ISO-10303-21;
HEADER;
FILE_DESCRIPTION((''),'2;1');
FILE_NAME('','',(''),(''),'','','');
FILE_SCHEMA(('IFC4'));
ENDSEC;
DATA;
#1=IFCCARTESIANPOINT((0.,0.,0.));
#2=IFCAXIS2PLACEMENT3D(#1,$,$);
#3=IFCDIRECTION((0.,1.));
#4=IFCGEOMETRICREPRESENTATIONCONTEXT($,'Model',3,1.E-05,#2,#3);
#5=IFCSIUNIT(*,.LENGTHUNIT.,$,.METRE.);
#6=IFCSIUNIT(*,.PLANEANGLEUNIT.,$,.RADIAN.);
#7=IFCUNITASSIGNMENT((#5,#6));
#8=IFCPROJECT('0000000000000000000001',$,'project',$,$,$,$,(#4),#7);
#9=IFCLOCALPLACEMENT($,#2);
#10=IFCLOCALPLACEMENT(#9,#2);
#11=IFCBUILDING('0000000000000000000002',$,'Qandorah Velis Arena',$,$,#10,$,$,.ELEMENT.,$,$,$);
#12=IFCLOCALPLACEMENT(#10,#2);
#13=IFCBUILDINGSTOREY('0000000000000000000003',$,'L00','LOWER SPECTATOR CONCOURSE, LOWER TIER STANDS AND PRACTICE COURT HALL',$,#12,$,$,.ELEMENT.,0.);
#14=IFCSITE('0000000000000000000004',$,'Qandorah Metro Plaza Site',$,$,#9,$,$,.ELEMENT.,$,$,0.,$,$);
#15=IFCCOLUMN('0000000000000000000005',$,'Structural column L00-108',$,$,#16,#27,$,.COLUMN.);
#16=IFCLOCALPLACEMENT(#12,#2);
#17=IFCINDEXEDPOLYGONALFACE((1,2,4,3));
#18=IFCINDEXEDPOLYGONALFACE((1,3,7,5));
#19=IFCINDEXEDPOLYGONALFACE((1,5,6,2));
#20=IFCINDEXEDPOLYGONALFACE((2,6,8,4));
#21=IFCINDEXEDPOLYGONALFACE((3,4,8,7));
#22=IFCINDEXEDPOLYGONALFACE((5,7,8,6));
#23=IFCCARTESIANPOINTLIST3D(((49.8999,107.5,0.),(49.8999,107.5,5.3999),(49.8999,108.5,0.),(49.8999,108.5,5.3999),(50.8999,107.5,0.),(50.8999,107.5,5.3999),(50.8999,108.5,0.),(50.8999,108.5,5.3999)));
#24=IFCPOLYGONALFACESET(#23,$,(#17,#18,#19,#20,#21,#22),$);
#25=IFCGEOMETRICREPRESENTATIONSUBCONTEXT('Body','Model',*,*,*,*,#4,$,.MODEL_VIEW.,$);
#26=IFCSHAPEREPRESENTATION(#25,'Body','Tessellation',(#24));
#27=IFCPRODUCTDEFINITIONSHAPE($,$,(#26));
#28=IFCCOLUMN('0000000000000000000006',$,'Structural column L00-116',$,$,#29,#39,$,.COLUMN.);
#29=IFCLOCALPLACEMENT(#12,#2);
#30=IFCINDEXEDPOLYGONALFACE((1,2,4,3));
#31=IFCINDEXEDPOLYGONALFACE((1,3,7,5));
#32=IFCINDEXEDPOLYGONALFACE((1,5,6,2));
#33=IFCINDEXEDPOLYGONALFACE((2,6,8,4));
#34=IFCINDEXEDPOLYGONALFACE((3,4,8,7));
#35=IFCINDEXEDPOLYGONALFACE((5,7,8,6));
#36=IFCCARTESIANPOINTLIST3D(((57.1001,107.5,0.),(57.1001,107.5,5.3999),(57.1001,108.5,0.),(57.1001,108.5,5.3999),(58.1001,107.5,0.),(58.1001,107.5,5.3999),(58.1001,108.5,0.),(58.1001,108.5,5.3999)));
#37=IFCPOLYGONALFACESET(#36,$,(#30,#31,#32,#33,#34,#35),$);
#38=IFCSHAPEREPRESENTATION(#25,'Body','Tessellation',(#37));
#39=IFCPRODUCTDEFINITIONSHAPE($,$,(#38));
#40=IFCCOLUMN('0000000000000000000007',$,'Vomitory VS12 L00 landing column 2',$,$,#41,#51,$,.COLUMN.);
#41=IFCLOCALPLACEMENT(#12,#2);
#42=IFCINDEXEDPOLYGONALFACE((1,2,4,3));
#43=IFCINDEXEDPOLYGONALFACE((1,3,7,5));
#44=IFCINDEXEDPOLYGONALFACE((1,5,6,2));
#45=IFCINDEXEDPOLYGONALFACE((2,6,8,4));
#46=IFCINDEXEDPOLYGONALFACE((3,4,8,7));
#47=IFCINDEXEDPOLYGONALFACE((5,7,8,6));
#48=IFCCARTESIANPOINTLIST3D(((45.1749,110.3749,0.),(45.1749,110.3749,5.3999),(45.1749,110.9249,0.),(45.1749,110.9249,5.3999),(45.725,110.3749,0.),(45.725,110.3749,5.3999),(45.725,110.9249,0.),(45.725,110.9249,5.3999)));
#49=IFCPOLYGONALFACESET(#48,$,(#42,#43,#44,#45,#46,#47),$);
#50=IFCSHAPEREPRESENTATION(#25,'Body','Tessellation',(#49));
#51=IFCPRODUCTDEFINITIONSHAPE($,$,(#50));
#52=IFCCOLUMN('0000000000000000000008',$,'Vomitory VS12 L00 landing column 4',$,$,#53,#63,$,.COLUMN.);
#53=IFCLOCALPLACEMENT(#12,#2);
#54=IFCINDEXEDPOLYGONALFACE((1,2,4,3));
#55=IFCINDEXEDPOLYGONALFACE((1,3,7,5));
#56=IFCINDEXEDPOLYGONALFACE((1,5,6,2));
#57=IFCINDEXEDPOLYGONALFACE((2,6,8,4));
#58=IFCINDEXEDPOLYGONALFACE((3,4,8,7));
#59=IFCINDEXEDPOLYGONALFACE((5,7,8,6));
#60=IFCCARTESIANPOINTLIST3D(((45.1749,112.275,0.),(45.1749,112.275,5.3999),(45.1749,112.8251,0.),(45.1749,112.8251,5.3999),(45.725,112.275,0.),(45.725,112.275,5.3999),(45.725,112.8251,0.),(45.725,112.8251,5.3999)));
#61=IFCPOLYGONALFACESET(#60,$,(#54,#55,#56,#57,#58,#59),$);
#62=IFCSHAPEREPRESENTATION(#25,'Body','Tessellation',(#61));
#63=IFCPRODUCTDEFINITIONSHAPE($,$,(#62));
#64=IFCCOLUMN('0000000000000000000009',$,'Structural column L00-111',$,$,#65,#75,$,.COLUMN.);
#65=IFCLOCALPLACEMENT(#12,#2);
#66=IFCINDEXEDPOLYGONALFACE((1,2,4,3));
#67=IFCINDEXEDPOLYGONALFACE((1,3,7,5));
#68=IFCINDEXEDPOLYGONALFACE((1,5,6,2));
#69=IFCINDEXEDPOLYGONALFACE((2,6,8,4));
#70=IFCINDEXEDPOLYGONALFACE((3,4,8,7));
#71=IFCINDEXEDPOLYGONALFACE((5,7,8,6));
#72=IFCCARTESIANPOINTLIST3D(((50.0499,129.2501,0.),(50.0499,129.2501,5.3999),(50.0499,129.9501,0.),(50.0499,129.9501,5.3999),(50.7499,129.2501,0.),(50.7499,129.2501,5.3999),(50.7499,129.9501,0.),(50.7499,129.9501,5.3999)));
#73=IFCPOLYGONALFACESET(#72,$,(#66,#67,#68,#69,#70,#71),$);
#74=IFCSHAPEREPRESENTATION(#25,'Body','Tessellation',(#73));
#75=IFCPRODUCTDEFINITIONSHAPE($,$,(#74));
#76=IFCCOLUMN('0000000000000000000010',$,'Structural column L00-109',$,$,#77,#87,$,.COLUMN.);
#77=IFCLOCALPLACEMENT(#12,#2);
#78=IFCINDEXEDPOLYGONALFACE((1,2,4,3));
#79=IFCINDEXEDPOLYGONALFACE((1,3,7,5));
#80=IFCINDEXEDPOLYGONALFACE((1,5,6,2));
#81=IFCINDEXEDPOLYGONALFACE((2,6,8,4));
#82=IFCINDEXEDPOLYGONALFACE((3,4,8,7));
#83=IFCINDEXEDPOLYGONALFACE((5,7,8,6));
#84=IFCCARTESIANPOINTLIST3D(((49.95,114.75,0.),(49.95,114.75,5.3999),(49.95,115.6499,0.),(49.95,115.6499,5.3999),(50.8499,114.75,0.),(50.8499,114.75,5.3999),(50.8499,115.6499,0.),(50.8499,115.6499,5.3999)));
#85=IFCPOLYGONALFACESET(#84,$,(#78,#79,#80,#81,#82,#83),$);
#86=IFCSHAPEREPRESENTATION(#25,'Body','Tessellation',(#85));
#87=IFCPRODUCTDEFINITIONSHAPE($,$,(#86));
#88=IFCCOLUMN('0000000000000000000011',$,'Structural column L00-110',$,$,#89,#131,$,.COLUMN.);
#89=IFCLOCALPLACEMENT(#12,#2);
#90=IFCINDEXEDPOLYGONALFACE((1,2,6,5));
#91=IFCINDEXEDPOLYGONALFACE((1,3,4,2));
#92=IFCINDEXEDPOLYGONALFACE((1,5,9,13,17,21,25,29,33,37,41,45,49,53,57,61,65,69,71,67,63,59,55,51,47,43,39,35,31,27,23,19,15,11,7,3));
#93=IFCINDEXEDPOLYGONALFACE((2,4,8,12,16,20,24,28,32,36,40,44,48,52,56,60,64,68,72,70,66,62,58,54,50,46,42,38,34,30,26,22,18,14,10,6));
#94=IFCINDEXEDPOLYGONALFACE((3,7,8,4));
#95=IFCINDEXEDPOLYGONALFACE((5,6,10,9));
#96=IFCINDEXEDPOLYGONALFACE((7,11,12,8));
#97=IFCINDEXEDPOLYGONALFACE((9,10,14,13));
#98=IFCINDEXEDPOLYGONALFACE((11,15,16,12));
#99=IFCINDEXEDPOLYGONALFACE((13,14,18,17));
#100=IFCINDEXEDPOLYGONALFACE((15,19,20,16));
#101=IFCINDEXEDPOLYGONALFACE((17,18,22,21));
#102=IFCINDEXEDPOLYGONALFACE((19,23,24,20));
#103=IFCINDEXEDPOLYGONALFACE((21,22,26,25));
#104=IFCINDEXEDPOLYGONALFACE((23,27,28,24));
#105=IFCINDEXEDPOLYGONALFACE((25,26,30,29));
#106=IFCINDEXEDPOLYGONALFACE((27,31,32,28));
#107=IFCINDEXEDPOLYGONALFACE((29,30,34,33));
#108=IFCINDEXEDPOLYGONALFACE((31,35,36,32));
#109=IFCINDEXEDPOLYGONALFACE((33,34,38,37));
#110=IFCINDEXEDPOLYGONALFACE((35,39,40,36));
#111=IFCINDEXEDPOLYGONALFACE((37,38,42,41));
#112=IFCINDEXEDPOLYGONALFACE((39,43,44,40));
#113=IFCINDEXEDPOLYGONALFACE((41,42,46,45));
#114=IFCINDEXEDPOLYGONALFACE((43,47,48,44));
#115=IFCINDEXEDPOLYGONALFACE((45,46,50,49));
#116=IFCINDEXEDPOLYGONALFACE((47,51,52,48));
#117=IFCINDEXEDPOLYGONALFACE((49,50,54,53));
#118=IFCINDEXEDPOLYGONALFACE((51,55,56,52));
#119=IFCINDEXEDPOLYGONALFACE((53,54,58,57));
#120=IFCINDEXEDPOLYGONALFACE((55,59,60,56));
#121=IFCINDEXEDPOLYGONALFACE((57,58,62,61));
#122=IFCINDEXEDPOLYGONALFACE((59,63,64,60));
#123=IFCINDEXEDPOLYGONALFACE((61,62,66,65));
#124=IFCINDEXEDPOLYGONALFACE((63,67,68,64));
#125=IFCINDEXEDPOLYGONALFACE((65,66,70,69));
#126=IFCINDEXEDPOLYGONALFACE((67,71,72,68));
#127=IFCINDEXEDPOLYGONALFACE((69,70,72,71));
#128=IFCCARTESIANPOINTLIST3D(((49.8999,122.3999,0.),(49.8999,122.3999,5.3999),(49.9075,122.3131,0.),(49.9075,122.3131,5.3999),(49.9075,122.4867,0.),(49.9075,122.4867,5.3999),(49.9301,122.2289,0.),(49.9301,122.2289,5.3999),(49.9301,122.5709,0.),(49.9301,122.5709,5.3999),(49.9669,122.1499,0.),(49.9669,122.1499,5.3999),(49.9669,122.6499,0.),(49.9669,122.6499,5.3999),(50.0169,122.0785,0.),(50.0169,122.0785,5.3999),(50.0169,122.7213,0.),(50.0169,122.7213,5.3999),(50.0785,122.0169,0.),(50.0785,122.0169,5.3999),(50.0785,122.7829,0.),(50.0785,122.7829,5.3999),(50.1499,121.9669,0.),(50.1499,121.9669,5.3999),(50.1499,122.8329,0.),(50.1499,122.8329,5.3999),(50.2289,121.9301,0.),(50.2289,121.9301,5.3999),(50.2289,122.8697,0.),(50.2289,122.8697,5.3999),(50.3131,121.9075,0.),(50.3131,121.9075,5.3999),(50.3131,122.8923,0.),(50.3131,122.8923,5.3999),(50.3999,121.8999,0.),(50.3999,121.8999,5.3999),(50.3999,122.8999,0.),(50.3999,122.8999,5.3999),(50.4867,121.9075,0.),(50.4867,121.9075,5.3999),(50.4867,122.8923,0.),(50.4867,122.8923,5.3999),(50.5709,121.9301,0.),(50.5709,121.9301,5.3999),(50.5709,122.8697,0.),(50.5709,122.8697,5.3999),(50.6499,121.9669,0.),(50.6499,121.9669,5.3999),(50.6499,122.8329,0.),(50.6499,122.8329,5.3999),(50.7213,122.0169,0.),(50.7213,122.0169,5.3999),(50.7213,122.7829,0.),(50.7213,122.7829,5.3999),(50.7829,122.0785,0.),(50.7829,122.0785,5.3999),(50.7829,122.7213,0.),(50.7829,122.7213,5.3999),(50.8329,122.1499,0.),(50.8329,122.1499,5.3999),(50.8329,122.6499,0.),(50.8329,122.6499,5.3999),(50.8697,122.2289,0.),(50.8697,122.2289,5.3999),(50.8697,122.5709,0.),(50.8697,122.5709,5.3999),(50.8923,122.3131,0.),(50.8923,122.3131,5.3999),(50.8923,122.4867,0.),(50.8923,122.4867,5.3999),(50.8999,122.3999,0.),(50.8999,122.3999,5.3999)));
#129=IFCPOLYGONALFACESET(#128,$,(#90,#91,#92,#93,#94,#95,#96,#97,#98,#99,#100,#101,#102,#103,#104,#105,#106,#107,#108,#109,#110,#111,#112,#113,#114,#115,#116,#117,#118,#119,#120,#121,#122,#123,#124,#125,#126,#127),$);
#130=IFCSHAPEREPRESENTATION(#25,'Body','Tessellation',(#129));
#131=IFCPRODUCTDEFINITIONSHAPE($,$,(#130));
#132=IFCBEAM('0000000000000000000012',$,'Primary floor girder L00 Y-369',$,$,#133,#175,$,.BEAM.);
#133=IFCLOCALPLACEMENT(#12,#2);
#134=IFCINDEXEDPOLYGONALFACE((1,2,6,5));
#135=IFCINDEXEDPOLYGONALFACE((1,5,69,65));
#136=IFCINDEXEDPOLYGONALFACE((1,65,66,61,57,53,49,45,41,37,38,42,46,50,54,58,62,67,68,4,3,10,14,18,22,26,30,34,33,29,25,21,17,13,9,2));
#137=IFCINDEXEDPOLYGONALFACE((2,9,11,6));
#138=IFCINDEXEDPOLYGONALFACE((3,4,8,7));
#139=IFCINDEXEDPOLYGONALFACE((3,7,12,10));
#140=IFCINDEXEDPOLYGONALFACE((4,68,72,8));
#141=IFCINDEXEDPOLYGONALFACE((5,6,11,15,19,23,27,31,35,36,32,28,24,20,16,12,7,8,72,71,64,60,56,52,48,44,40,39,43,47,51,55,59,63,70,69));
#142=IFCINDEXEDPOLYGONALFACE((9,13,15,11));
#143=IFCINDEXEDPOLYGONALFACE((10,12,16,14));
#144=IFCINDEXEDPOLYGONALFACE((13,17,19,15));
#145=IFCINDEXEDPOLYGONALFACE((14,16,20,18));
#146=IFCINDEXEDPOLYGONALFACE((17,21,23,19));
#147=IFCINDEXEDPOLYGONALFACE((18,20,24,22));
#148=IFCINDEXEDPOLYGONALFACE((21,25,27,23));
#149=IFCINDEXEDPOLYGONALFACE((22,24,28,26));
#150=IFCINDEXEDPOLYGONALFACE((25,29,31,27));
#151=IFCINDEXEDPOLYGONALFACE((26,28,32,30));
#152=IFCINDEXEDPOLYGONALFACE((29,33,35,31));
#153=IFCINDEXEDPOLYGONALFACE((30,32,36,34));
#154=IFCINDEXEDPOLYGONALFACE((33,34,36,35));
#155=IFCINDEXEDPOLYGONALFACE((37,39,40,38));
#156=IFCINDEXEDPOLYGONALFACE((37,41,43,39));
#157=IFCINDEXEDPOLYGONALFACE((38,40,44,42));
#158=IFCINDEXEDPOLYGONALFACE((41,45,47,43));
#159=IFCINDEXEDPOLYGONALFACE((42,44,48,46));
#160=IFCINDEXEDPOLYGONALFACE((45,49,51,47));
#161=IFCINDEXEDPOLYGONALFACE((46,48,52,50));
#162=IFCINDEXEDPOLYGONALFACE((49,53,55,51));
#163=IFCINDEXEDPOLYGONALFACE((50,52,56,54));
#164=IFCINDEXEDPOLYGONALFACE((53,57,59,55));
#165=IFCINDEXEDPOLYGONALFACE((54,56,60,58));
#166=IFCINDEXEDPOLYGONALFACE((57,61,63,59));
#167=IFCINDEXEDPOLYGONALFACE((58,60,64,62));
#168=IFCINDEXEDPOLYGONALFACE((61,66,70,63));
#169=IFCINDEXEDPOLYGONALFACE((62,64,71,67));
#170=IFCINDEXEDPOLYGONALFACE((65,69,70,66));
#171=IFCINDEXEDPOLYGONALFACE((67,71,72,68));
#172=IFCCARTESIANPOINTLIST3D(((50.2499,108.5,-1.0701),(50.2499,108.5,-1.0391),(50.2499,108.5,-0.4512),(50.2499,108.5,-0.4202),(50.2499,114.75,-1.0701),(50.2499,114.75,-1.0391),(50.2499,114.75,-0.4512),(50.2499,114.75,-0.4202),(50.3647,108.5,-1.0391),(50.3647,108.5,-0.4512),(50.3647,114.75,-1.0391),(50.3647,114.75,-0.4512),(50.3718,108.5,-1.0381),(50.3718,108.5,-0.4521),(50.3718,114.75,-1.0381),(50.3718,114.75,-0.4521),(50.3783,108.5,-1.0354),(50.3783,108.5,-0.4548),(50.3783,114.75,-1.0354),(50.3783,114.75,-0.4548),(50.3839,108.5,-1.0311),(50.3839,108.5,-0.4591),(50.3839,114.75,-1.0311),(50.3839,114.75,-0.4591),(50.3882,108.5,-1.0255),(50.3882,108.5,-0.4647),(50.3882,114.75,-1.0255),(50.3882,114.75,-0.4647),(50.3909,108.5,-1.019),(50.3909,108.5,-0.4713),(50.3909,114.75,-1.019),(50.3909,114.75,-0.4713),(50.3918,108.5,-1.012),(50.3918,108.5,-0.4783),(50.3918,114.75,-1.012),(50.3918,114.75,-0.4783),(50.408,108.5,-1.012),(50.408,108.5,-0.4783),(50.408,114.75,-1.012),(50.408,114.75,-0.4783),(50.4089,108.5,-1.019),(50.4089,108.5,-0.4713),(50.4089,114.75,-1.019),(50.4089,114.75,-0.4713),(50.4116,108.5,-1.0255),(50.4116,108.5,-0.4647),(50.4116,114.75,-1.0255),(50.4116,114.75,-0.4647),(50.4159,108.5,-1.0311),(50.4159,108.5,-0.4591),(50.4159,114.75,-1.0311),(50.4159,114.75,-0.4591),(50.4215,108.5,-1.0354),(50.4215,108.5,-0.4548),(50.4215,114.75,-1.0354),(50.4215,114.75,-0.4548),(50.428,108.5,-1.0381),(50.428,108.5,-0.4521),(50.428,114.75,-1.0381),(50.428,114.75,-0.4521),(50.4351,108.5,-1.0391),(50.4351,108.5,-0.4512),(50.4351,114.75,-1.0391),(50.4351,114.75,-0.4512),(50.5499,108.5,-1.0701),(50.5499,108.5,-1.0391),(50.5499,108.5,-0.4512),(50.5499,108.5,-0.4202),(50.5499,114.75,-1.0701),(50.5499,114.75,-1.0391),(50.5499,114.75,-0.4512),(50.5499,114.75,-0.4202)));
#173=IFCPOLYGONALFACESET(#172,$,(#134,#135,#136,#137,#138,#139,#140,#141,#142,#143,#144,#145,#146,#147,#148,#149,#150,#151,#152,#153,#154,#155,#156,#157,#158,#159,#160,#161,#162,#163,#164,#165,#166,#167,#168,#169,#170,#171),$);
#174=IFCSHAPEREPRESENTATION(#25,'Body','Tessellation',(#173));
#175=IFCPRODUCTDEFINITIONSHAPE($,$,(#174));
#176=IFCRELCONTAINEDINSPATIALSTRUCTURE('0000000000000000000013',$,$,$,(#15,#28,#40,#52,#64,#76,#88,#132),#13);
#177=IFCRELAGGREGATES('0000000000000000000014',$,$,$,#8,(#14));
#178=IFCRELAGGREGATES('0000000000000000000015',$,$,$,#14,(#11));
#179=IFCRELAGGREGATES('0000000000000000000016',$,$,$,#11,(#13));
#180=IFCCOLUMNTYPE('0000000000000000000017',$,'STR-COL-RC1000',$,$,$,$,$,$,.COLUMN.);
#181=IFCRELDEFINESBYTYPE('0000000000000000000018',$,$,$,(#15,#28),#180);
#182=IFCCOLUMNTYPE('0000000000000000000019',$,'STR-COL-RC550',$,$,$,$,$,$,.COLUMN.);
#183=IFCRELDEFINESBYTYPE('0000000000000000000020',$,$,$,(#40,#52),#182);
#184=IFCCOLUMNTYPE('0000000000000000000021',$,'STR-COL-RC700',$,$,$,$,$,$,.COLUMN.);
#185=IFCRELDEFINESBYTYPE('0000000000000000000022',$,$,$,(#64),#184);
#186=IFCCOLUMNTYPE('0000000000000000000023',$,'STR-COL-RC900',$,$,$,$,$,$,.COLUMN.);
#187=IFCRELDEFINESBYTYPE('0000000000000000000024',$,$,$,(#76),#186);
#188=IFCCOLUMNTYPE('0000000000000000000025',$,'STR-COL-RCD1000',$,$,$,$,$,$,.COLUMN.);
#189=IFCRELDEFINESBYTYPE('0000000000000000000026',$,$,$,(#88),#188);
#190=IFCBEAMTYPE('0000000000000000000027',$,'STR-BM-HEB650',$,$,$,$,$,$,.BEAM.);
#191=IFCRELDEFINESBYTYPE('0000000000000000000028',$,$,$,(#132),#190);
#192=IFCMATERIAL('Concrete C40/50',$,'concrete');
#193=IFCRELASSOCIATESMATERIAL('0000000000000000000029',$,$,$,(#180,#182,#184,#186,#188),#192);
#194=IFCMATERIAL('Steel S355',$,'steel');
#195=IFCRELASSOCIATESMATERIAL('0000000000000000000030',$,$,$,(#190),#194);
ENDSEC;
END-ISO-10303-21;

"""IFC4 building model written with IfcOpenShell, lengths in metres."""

from ifc_helpers import new_model, si_unit, direction, frame, origin, origin_2d, place, context, subcontext, project, spatial, rectangle, circle, i_section, extrude, material, material_profile, profile_set, type_object, element, save


model = new_model("IFC4")

# Units and contexts
model_context = context("Model", 3, precision=1e-05, world=origin(), true_north=direction((0.0, 1.0)))
body_context = subcontext(model_context, "Body", "Model", "MODEL_VIEW")
ifc_project = project(units=[si_unit("LENGTHUNIT", "METRE"), si_unit("PLANEANGLEUNIT", "RADIAN")], contexts=[model_context])

# Site, building, storey
site_placement = place(None, origin())
site = spatial("IfcSite", under=ifc_project, at=site_placement, Name="Qandorah Metro Plaza Site", CompositionType="ELEMENT", RefElevation=0.0)
building_placement = place(site_placement, origin())
building = spatial("IfcBuilding", under=site, at=building_placement, Name="Qandorah Velis Arena", CompositionType="ELEMENT")
storey_placement = place(building_placement, origin())
storey = spatial("IfcBuildingStorey", under=building, at=storey_placement, Name="L00", Description="LOWER SPECTATOR CONCOURSE, LOWER TIER STANDS AND PRACTICE COURT HALL", CompositionType="ELEMENT", Elevation=0.0)

# Columns
ifc_material_1 = material(Name="Concrete C40/50", Category="concrete")
ifc_material_profile_1 = material_profile(ifc_material_1, rectangle(XDim=1.0, YDim=1.0, at=origin_2d()), Name="RC COL 1000x1000")
ifc_profile_set_1 = profile_set([ifc_material_profile_1], Name="Concrete C40/50")
column_type_1 = type_object("IfcColumnType", Name="STR-COL-RC1000", PredefinedType="COLUMN", material=ifc_profile_set_1)
for number, where, z_axis, x_axis, name in (
    (1, (50.3999, 108.0, 0.0), (0.0, 0.0, 1.0), (1.0, 0.0, 0.0), "Structural column L00-108"),
    (2, (57.6001, 108.0, 0.0), (0.0, 0.0, 1.0), (1.0, 0.0, 0.0), "Structural column L00-116"),
):
    element("IfcColumn", number, at=place(storey_placement, frame(where, z_axis=z_axis, x_axis=x_axis)), inside=storey, type_object=column_type_1, Name=name, PredefinedType="COLUMN", context=body_context, shape_type="SweptSolid", body=[
        extrude(rectangle(XDim=1.0, YDim=1.0, at=origin_2d()), origin(), (0.0, 0.0, 1.0), 5.3999),
    ])
ifc_material_profile_2 = material_profile(ifc_material_1, rectangle(XDim=0.55, YDim=0.55, at=origin_2d()), Name="RC COL 550x550")
ifc_profile_set_2 = profile_set([ifc_material_profile_2], Name="Concrete C40/50")
column_type_2 = type_object("IfcColumnType", Name="STR-COL-RC550", PredefinedType="COLUMN", material=ifc_profile_set_2)
for number, where, z_axis, x_axis, name in (
    (3, (45.45, 110.6499, 0.0), (0.0, 0.0, 1.0), (1.0, 0.0, 0.0), "Vomitory VS12 L00 landing column 2"),
    (4, (45.45, 112.55, 0.0), (0.0, 0.0, 1.0), (1.0, 0.0, 0.0), "Vomitory VS12 L00 landing column 4"),
):
    element("IfcColumn", number, at=place(storey_placement, frame(where, z_axis=z_axis, x_axis=x_axis)), inside=storey, type_object=column_type_2, Name=name, PredefinedType="COLUMN", context=body_context, shape_type="SweptSolid", body=[
        extrude(rectangle(XDim=0.55, YDim=0.55, at=origin_2d()), origin(), (0.0, 0.0, 1.0), 5.3999),
    ])
ifc_material_profile_3 = material_profile(ifc_material_1, rectangle(XDim=0.7, YDim=0.7, at=origin_2d()), Name="RC COL 700x700")
ifc_profile_set_3 = profile_set([ifc_material_profile_3], Name="Concrete C40/50")
column_type_3 = type_object("IfcColumnType", Name="STR-COL-RC700", PredefinedType="COLUMN", material=ifc_profile_set_3)
column_1_placement = place(storey_placement, frame((50.3999, 129.6001, 0.0), z_axis=(0.0, 0.0, 1.0), x_axis=(1.0, 0.0, 0.0)))
element("IfcColumn", 5, at=column_1_placement, inside=storey, type_object=column_type_3, Name="Structural column L00-111", PredefinedType="COLUMN", context=body_context, shape_type="SweptSolid", body=[
    extrude(rectangle(XDim=0.7, YDim=0.7, at=origin_2d()), origin(), (0.0, 0.0, 1.0), 5.3999),
])
ifc_material_profile_4 = material_profile(ifc_material_1, rectangle(XDim=0.8999, YDim=0.8999, at=origin_2d()), Name="RC COL 900x900")
ifc_profile_set_4 = profile_set([ifc_material_profile_4], Name="Concrete C40/50")
column_type_4 = type_object("IfcColumnType", Name="STR-COL-RC900", PredefinedType="COLUMN", material=ifc_profile_set_4)
column_2_placement = place(storey_placement, frame((50.3999, 115.2, 0.0), z_axis=(0.0, 0.0, 1.0), x_axis=(1.0, 0.0, 0.0)))
element("IfcColumn", 6, at=column_2_placement, inside=storey, type_object=column_type_4, Name="Structural column L00-109", PredefinedType="COLUMN", context=body_context, shape_type="SweptSolid", body=[
    extrude(rectangle(XDim=0.8999, YDim=0.8999, at=origin_2d()), origin(), (0.0, 0.0, 1.0), 5.3999),
])
ifc_material_profile_5 = material_profile(ifc_material_1, circle(Radius=0.5, at=origin_2d()), Name="RC D1000")
ifc_profile_set_5 = profile_set([ifc_material_profile_5], Name="Concrete C40/50")
column_type_5 = type_object("IfcColumnType", Name="STR-COL-RCD1000", PredefinedType="COLUMN", material=ifc_profile_set_5)
column_3_placement = place(storey_placement, frame((50.3999, 122.3999, 0.0), z_axis=(0.0, 0.0, 1.0), x_axis=(1.0, 0.0, 0.0)))
element("IfcColumn", 7, at=column_3_placement, inside=storey, type_object=column_type_5, Name="Structural column L00-110", PredefinedType="COLUMN", context=body_context, shape_type="SweptSolid", body=[
    extrude(circle(Radius=0.5, at=origin_2d()), origin(), (0.0, 0.0, 1.0), 5.3999),
])

# Beam
ifc_material_2 = material(Name="Steel S355", Category="steel")
ifc_material_profile_6 = material_profile(ifc_material_2, i_section(OverallWidth=0.3, OverallDepth=0.6499, WebThickness=0.0161, FlangeThickness=0.031, FilletRadius=0.0271, at=origin_2d()), Name="HEB 650")
ifc_profile_set_6 = profile_set([ifc_material_profile_6], Name="Steel S355")
beam_type_1 = type_object("IfcBeamType", Name="STR-BM-HEB650", PredefinedType="BEAM", material=ifc_profile_set_6)
beam_1_placement = place(storey_placement, frame((50.3999, 108.5, -0.7451), z_axis=(0.0, 1.0, 0.0), x_axis=(-1.0, 0.0, 0.0)))
element("IfcBeam", 8, at=beam_1_placement, inside=storey, type_object=beam_type_1, Name="Primary floor girder L00 Y-369", PredefinedType="BEAM", context=body_context, shape_type="SweptSolid", body=[
    extrude(i_section(OverallWidth=0.3, OverallDepth=0.6499, WebThickness=0.0161, FlangeThickness=0.031, FilletRadius=0.0271, at=origin_2d()), origin(), (0.0, 0.0, 1.0), 6.25),
])

save(model, "model.ifc")
